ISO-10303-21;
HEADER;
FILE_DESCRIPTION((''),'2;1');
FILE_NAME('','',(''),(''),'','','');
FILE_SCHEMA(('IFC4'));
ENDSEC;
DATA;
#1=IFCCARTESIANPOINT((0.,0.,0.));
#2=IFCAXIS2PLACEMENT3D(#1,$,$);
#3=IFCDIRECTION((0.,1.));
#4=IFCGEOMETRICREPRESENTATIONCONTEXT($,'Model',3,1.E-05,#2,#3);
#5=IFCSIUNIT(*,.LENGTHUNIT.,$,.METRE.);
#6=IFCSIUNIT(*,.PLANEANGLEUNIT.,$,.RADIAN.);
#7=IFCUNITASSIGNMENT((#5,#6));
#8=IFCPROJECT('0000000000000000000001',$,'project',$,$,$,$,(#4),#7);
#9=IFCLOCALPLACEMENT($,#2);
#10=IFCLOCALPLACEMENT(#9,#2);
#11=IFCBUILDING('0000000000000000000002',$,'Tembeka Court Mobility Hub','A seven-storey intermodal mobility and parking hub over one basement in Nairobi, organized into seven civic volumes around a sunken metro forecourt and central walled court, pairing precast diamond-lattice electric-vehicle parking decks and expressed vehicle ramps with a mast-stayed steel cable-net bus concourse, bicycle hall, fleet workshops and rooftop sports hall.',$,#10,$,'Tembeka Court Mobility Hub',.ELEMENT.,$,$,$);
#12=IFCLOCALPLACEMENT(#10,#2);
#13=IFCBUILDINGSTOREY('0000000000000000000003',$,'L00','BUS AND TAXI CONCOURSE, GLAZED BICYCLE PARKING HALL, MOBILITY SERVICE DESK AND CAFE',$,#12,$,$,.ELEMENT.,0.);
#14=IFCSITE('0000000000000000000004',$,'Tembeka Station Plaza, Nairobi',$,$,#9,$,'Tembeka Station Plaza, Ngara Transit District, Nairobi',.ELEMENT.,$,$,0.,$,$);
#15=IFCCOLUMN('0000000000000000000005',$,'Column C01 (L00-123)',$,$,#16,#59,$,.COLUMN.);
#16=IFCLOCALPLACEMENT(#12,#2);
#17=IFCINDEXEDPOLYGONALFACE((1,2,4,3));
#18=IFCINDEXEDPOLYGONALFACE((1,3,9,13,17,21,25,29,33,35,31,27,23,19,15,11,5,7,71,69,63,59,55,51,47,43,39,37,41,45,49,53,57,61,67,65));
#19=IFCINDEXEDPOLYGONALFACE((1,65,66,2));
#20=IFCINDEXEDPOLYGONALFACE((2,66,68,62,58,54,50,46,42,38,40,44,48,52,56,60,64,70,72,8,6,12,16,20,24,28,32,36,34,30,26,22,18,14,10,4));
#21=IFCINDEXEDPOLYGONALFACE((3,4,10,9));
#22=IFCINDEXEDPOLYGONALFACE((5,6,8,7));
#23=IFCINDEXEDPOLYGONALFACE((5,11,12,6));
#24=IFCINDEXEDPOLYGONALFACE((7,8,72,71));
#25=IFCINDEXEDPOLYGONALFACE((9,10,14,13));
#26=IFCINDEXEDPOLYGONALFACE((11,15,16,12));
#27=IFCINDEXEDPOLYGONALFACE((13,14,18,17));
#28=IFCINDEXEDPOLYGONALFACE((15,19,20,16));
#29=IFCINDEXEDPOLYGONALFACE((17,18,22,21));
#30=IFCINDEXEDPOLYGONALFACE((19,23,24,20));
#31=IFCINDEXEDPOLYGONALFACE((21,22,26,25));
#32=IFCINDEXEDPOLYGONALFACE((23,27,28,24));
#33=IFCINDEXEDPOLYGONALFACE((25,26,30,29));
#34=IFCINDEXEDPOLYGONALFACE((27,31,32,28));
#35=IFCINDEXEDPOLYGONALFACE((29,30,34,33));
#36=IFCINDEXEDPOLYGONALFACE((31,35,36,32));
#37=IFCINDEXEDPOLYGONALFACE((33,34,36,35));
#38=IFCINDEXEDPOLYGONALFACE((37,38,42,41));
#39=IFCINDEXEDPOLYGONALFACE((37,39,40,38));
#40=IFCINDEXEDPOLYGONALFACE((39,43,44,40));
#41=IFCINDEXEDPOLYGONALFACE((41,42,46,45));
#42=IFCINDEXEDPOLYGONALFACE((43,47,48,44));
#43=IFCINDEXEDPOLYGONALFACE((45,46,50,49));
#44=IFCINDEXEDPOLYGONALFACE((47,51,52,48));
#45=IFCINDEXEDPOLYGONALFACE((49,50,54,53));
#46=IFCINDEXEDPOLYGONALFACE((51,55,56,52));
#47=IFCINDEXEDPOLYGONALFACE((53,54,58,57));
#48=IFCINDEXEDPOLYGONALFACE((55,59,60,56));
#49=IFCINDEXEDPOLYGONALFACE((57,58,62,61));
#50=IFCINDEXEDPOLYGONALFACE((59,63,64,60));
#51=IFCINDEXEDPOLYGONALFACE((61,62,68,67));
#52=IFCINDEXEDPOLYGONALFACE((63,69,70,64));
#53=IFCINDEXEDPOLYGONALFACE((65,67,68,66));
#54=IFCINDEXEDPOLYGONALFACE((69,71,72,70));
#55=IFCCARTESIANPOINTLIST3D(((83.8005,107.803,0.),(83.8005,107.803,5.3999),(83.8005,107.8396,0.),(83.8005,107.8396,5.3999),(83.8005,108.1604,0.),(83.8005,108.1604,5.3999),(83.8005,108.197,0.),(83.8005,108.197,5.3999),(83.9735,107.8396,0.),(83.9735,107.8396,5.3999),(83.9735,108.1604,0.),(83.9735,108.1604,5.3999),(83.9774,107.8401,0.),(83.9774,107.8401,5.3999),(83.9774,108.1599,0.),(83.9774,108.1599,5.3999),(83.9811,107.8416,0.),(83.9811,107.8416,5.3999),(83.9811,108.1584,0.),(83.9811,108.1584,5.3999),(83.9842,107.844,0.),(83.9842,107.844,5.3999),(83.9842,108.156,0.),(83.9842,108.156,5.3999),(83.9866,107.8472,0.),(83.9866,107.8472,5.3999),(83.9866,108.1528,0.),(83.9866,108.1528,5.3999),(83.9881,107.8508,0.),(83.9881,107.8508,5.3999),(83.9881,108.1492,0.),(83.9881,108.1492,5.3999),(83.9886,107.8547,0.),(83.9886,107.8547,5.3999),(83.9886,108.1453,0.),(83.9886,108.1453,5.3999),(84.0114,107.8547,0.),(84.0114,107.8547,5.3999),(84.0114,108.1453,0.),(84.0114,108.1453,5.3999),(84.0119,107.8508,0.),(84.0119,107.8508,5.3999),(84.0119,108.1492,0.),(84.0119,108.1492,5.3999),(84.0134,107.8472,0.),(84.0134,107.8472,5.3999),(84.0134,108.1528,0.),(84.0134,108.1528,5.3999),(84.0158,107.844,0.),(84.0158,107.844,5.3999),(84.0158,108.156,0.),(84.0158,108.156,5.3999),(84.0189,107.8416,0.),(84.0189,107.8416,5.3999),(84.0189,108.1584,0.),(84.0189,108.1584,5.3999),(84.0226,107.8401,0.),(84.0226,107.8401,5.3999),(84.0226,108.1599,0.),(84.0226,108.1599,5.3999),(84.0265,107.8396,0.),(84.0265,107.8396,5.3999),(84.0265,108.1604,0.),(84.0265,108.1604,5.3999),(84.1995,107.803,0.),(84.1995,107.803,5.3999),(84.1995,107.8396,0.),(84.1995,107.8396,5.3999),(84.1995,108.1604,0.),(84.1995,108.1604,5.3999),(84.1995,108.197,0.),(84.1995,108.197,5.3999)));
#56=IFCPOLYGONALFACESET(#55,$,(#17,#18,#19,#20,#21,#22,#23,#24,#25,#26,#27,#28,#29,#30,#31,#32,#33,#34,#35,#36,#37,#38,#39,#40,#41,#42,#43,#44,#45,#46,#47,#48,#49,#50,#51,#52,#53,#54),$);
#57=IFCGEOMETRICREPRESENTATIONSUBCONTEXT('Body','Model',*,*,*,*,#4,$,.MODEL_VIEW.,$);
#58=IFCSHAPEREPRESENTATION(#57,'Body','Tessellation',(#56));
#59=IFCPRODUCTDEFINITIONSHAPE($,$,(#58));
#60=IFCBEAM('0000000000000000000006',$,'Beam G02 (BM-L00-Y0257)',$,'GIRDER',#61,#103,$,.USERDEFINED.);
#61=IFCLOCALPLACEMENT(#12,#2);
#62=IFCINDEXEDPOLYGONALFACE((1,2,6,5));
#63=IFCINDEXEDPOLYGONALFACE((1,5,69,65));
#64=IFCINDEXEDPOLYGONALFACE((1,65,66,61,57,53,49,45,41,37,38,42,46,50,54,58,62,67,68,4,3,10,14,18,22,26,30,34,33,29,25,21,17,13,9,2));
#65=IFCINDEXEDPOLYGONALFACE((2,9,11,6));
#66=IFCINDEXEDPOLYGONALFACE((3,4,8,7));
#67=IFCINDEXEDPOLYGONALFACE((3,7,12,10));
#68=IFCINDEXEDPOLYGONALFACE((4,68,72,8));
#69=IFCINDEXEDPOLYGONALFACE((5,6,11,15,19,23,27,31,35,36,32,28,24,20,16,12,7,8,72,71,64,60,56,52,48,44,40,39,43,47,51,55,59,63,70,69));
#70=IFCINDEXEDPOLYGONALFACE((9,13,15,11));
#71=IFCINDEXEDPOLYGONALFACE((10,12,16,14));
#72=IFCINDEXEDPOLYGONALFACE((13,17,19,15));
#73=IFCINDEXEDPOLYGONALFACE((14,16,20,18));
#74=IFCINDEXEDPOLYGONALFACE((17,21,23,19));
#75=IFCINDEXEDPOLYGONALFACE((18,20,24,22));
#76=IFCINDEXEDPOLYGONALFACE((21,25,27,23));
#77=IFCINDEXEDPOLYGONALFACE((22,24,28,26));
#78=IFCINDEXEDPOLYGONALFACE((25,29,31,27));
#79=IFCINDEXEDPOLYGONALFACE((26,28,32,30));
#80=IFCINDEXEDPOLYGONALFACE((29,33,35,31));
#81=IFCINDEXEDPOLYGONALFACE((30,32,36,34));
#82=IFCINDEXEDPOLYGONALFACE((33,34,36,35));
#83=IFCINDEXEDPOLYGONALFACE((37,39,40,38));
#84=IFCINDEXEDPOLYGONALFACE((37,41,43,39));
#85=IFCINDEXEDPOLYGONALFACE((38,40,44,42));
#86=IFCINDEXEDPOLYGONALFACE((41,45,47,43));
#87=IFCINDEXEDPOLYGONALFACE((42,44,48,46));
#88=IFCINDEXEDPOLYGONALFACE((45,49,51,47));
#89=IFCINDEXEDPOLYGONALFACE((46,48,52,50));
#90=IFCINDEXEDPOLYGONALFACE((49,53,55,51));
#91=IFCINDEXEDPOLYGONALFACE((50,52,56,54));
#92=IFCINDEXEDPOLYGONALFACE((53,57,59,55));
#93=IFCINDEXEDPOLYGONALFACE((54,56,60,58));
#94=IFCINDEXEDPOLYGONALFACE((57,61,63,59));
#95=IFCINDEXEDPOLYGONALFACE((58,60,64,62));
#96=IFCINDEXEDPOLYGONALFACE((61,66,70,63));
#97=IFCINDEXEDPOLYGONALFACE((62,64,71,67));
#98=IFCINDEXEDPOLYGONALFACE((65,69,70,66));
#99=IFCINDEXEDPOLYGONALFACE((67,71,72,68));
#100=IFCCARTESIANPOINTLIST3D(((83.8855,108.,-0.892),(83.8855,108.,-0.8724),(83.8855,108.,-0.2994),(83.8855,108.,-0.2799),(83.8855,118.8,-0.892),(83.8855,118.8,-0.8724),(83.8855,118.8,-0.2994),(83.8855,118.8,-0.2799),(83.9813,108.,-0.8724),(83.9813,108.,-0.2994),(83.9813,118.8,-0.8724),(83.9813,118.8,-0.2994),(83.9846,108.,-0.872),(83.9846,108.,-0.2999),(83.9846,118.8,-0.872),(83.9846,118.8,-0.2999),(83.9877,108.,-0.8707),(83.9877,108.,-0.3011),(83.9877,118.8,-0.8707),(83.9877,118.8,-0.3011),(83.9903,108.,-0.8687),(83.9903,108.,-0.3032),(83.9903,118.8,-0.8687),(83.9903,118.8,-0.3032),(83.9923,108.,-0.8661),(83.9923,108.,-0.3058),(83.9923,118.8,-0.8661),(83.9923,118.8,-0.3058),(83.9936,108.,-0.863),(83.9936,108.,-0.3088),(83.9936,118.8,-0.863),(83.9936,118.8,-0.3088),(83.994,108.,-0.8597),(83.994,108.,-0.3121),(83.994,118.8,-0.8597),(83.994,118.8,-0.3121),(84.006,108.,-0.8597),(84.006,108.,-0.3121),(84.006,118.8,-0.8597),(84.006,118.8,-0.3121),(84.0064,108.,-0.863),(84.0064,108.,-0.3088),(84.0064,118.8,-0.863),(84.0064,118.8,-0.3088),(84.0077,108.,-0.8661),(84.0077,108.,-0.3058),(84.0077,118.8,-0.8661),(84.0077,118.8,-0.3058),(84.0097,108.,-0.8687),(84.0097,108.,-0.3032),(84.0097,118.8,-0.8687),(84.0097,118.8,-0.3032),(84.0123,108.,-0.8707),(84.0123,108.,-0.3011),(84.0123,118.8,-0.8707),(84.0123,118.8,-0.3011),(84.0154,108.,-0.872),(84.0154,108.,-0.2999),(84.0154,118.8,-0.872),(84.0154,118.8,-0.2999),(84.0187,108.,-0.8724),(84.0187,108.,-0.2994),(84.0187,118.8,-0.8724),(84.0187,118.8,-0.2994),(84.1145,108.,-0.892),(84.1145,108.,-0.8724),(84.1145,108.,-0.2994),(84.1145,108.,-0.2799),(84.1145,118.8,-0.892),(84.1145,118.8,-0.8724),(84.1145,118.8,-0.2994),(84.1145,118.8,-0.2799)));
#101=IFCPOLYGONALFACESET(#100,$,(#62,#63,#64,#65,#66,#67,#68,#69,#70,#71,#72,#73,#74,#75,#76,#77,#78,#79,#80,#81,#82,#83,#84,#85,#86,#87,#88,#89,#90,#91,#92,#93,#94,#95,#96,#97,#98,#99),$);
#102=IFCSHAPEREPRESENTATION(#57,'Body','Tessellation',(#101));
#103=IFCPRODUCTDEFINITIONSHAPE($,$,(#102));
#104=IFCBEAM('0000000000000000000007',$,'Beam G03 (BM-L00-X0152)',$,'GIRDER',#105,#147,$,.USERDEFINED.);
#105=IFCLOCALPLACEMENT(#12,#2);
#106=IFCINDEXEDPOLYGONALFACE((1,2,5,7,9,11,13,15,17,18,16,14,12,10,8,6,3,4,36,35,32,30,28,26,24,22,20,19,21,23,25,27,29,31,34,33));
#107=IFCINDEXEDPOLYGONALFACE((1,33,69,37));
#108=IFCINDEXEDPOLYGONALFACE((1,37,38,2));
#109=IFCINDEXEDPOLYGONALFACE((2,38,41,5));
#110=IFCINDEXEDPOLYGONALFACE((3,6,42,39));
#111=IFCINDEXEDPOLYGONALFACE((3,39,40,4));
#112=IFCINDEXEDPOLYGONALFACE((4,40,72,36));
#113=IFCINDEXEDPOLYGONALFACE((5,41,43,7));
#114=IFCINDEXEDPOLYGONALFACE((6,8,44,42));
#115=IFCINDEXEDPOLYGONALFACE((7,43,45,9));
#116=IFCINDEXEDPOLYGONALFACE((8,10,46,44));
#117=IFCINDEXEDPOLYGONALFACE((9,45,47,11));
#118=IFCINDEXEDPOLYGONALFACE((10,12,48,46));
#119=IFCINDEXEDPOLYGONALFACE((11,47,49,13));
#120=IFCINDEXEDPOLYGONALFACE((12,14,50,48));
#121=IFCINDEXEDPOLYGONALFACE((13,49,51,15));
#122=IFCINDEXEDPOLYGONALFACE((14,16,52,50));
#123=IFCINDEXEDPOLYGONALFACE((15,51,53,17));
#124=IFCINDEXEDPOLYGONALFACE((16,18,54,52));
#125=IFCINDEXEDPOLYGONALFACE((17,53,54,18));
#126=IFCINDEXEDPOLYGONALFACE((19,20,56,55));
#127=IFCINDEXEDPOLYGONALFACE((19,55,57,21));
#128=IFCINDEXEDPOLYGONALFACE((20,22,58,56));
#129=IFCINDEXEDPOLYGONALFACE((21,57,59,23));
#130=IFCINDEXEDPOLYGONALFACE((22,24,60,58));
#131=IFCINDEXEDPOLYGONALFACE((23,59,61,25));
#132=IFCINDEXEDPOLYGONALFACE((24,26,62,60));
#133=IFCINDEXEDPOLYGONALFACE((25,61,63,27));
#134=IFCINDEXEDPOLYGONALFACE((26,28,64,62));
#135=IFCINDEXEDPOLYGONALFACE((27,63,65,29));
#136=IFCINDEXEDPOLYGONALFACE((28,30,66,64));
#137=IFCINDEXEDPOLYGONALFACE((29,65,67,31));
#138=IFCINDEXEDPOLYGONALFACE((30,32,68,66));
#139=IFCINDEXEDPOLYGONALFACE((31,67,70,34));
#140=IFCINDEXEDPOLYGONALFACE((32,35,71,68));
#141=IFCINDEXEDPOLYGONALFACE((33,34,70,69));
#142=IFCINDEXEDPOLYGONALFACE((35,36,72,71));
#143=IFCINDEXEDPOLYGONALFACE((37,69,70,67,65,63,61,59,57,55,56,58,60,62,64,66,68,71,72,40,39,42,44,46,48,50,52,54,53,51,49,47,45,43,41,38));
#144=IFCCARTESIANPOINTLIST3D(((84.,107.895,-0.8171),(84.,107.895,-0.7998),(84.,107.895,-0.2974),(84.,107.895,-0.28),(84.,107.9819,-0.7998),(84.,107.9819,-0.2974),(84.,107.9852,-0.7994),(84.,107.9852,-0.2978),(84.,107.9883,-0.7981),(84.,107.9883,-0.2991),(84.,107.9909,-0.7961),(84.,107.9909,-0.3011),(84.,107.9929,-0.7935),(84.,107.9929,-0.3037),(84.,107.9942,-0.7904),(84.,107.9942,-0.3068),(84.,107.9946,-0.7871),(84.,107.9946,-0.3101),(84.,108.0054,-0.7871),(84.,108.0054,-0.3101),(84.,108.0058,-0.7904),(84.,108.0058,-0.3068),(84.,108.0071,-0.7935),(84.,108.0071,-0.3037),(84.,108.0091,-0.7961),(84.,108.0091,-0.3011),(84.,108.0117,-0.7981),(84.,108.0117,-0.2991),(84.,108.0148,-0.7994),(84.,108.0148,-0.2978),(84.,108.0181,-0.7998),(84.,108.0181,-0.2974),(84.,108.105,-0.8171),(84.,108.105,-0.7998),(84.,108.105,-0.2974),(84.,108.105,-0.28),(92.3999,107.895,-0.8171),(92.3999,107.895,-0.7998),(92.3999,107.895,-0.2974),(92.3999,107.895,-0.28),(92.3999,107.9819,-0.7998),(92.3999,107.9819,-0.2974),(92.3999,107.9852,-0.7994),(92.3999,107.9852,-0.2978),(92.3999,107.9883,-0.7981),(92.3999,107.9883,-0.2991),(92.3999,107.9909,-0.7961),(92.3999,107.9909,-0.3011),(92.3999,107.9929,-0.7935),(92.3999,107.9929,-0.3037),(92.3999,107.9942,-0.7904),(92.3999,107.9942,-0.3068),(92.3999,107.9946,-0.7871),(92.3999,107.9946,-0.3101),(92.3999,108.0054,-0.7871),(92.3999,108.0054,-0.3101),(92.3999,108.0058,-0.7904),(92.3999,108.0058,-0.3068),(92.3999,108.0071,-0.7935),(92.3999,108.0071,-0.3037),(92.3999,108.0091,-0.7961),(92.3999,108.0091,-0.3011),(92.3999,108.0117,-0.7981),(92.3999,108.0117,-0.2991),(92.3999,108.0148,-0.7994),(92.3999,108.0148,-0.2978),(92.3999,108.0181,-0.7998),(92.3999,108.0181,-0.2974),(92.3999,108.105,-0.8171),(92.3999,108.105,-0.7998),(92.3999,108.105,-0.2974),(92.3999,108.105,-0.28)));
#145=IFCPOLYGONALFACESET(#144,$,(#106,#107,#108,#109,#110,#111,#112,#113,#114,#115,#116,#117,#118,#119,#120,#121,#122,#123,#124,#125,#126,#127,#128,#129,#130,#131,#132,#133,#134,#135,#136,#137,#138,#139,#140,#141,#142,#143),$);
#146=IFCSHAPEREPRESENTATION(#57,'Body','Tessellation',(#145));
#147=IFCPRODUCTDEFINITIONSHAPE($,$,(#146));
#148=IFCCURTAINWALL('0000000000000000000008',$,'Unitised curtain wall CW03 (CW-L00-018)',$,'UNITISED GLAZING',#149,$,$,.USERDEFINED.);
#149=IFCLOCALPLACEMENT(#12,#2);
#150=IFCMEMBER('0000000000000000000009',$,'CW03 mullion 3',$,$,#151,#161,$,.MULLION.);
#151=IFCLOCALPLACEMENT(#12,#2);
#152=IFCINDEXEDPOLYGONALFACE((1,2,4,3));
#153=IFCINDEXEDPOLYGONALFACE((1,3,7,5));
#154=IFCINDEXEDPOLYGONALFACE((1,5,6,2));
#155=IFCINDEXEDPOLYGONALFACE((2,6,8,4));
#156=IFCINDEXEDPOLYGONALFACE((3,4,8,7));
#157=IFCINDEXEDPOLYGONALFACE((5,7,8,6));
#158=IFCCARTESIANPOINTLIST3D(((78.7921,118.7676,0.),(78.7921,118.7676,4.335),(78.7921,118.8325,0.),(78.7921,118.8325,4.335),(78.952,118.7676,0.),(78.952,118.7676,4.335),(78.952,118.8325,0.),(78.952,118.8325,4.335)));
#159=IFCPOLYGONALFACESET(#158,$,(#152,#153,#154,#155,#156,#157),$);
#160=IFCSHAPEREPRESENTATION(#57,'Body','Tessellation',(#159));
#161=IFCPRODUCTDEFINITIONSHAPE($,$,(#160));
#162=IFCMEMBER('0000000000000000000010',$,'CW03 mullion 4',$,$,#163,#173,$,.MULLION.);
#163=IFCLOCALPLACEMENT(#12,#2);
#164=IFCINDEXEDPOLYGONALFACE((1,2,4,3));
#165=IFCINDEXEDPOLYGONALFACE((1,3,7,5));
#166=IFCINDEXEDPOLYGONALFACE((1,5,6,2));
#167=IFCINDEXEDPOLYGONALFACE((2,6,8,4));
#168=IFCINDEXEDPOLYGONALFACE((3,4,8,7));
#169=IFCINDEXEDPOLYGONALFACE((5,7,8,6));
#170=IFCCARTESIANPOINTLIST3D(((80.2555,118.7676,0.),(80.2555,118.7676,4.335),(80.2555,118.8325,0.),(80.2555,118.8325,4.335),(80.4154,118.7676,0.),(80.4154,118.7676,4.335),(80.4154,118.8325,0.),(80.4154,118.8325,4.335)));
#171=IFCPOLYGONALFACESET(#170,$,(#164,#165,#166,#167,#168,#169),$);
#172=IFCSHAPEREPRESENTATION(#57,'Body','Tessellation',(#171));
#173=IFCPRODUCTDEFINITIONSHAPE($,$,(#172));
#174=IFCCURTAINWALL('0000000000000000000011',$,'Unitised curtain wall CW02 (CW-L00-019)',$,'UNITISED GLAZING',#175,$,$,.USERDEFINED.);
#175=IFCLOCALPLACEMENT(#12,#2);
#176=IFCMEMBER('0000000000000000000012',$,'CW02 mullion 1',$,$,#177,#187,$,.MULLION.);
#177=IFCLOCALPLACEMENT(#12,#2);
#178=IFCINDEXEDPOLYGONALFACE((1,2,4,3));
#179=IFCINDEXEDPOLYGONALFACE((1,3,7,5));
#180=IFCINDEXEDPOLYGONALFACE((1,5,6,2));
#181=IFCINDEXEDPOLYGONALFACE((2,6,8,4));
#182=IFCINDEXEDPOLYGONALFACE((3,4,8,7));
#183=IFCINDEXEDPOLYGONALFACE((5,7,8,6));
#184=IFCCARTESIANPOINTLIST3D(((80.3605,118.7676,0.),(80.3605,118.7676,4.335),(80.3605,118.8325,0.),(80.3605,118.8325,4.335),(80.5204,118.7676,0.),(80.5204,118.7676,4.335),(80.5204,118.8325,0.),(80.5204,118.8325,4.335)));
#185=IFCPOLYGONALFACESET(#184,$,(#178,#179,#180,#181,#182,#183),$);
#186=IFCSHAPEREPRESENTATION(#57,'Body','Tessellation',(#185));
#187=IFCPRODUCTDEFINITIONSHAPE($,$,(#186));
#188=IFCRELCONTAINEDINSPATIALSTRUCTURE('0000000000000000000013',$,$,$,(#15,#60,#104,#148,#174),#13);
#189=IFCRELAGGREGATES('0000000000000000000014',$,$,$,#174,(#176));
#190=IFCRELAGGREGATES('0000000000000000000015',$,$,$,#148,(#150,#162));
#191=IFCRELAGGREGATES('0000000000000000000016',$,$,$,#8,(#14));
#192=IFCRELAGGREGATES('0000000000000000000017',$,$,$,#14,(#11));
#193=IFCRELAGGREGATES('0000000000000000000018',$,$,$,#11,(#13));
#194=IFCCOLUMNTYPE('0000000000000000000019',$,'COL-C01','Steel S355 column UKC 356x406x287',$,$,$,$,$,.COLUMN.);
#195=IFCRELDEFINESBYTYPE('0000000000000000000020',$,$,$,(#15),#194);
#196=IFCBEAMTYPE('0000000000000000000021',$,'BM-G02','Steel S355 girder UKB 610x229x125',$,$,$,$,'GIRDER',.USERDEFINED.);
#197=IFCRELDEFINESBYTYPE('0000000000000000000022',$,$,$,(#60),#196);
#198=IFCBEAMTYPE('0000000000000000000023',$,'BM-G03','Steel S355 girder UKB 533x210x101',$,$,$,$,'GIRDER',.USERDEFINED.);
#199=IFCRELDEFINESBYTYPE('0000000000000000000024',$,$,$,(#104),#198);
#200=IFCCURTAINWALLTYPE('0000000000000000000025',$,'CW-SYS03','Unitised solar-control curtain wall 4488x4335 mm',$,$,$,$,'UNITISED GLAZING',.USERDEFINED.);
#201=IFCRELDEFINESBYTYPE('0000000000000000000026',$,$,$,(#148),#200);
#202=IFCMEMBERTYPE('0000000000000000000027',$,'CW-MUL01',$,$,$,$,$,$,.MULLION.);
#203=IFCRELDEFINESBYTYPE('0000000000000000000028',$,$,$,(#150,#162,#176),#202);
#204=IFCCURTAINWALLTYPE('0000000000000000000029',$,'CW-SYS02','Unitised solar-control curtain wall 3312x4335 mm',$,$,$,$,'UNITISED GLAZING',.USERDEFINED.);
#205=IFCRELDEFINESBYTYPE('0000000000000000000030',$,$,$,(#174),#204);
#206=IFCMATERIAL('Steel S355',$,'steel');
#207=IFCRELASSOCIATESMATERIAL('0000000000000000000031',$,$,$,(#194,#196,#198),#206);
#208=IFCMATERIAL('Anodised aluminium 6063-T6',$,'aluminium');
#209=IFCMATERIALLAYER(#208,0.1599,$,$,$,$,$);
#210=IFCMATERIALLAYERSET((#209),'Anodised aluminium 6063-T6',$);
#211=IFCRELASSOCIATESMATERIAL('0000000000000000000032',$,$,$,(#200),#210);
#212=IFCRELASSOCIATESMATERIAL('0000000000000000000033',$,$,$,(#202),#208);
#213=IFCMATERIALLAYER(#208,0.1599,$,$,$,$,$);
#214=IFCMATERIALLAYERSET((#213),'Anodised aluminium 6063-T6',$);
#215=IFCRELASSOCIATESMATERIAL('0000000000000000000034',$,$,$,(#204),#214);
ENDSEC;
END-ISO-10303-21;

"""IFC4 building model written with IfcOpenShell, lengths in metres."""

from ifc_helpers import new_model, si_unit, direction, frame, origin, origin_2d, place, context, subcontext, project, spatial, rectangle, i_section, extrude, material, layer, layer_set, material_profile, profile_set, type_object, element, aggregate, save


model = new_model("IFC4")

# Units and contexts
model_context = context("Model", 3, precision=1e-05, world=origin(), true_north=direction((0.0, 1.0)))
body_context = subcontext(model_context, "Body", "Model", "MODEL_VIEW")
ifc_project = project(units=[si_unit("LENGTHUNIT", "METRE"), si_unit("PLANEANGLEUNIT", "RADIAN")], contexts=[model_context])

# Site, building, storey
site_placement = place(None, origin())
site = spatial("IfcSite", under=ifc_project, at=site_placement, Name="Tembeka Station Plaza, Nairobi", LongName="Tembeka Station Plaza, Ngara Transit District, Nairobi", CompositionType="ELEMENT", RefElevation=0.0)
building_placement = place(site_placement, origin())
building = spatial("IfcBuilding", under=site, at=building_placement, Name="Tembeka Court Mobility Hub", Description="A seven-storey intermodal mobility and parking hub over one basement in Nairobi, organized into seven civic volumes around a sunken metro forecourt and central walled court, pairing precast diamond-lattice electric-vehicle parking decks and expressed vehicle ramps with a mast-stayed steel cable-net bus concourse, bicycle hall, fleet workshops and rooftop sports hall.", LongName="Tembeka Court Mobility Hub", CompositionType="ELEMENT")
storey_placement = place(building_placement, origin())
storey = spatial("IfcBuildingStorey", under=building, at=storey_placement, Name="L00", Description="BUS AND TAXI CONCOURSE, GLAZED BICYCLE PARKING HALL, MOBILITY SERVICE DESK AND CAFE", CompositionType="ELEMENT", Elevation=0.0)

# Column
ifc_material_1 = material(Name="Steel S355", Category="steel")
ifc_material_profile_1 = material_profile(ifc_material_1, i_section(OverallWidth=0.3989, OverallDepth=0.394, WebThickness=0.0227, FlangeThickness=0.0366, FilletRadius=0.0151, at=origin_2d()), Name="UKC 356x406x287")
ifc_profile_set_1 = profile_set([ifc_material_profile_1], Name="Steel S355")
column_type = type_object("IfcColumnType", Name="COL-C01", Description="Steel S355 column UKC 356x406x287", PredefinedType="COLUMN", material=ifc_profile_set_1)
column_placement = place(storey_placement, frame((84.0, 108.0, 0.0), z_axis=(0.0, 0.0, 1.0), x_axis=(1.0, 0.0, 0.0)))
element("IfcColumn", 1, at=column_placement, inside=storey, type_object=column_type, Name="Column C01 (L00-123)", PredefinedType="COLUMN", context=body_context, shape_type="SweptSolid", body=[
    extrude(i_section(OverallWidth=0.3989, OverallDepth=0.394, WebThickness=0.0227, FlangeThickness=0.0366, FilletRadius=0.0151, at=origin_2d()), origin(), (0.0, 0.0, 1.0), 5.3999),
])

# Beams
ifc_material_profile_2 = material_profile(ifc_material_1, i_section(OverallWidth=0.229, OverallDepth=0.6121, WebThickness=0.012, FlangeThickness=0.0195, FilletRadius=0.0127, at=origin_2d()), Name="UKB 610x229x125")
ifc_profile_set_2 = profile_set([ifc_material_profile_2], Name="Steel S355")
beam_type_1 = type_object("IfcBeamType", Name="BM-G02", Description="Steel S355 girder UKB 610x229x125", ElementType="GIRDER", PredefinedType="USERDEFINED", material=ifc_profile_set_2)
beam_1_placement = place(storey_placement, frame((84.0, 108.0, -0.5859), z_axis=(0.0, 1.0, 0.0), x_axis=(-1.0, 0.0, 0.0)))
element("IfcBeam", 2, at=beam_1_placement, inside=storey, type_object=beam_type_1, Name="Beam G02 (BM-L00-Y0257)", ObjectType="GIRDER", PredefinedType="USERDEFINED", context=body_context, shape_type="SweptSolid", body=[
    extrude(i_section(OverallWidth=0.229, OverallDepth=0.6121, WebThickness=0.012, FlangeThickness=0.0195, FilletRadius=0.0127, at=origin_2d()), origin(), (0.0, 0.0, 1.0), 10.8),
])
ifc_material_profile_3 = material_profile(ifc_material_1, i_section(OverallWidth=0.21, OverallDepth=0.5371, WebThickness=0.0107, FlangeThickness=0.0173, FilletRadius=0.0127, at=origin_2d()), Name="UKB 533x210x101")
ifc_profile_set_3 = profile_set([ifc_material_profile_3], Name="Steel S355")
beam_type_2 = type_object("IfcBeamType", Name="BM-G03", Description="Steel S355 girder UKB 533x210x101", ElementType="GIRDER", PredefinedType="USERDEFINED", material=ifc_profile_set_3)
beam_2_placement = place(storey_placement, frame((84.0, 108.0, -0.5486), z_axis=(1.0, 0.0, 0.0), x_axis=(0.0, 1.0, 0.0)))
element("IfcBeam", 3, at=beam_2_placement, inside=storey, type_object=beam_type_2, Name="Beam G03 (BM-L00-X0152)", ObjectType="GIRDER", PredefinedType="USERDEFINED", context=body_context, shape_type="SweptSolid", body=[
    extrude(i_section(OverallWidth=0.21, OverallDepth=0.5371, WebThickness=0.0107, FlangeThickness=0.0173, FilletRadius=0.0127, at=origin_2d()), origin(), (0.0, 0.0, 1.0), 8.3999),
])

# Curtain wall, members
ifc_material_2 = material(Name="Anodised aluminium 6063-T6", Category="aluminium")
ifc_layer_1 = layer(ifc_material_2, 0.1599)
ifc_layer_set_1 = layer_set([ifc_layer_1], Name="Anodised aluminium 6063-T6")
curtain_wall_type_1 = type_object("IfcCurtainWallType", Name="CW-SYS03", Description="Unitised solar-control curtain wall 4488x4335 mm", ElementType="UNITISED GLAZING", PredefinedType="USERDEFINED", material=ifc_layer_set_1)
curtain_wall_1_placement = place(storey_placement, origin())
curtain_wall_1 = element("IfcCurtainWall", 4, at=curtain_wall_1_placement, inside=storey, type_object=curtain_wall_type_1, Name="Unitised curtain wall CW03 (CW-L00-018)", ObjectType="UNITISED GLAZING", PredefinedType="USERDEFINED")
ifc_material_profile_4 = material_profile(ifc_material_2, rectangle(XDim=0.0649, YDim=0.1599, at=origin_2d()), Name="ALU-MUL 65x160")
ifc_profile_set_4 = profile_set([ifc_material_profile_4], Name="Anodised aluminium 6063-T6")
member_type_1 = type_object("IfcMemberType", Name="CW-MUL01", PredefinedType="MULLION", material=ifc_profile_set_4)
member_1_placement = place(storey_placement, frame((78.8721, 118.8, 0.0), z_axis=(0.0, 0.0, 1.0), x_axis=(0.0, 1.0, 0.0)))
member_1 = element("IfcMember", 5, at=member_1_placement, type_object=member_type_1, Name="CW03 mullion 3", PredefinedType="MULLION", context=body_context, shape_type="SweptSolid", body=[
    extrude(rectangle(XDim=0.0649, YDim=0.1599, at=origin_2d()), origin(), (0.0, 0.0, 1.0), 4.335),
])
member_2_placement = place(storey_placement, frame((80.3354, 118.8, 0.0), z_axis=(0.0, 0.0, 1.0), x_axis=(0.0, 1.0, 0.0)))
member_2 = element("IfcMember", 6, at=member_2_placement, type_object=member_type_1, Name="CW03 mullion 4", PredefinedType="MULLION", context=body_context, shape_type="SweptSolid", body=[
    extrude(rectangle(XDim=0.0649, YDim=0.1599, at=origin_2d()), origin(), (0.0, 0.0, 1.0), 4.335),
])

# Curtain wall, member
ifc_layer_2 = layer(ifc_material_2, 0.1599)
ifc_layer_set_2 = layer_set([ifc_layer_2], Name="Anodised aluminium 6063-T6")
curtain_wall_type_2 = type_object("IfcCurtainWallType", Name="CW-SYS02", Description="Unitised solar-control curtain wall 3312x4335 mm", ElementType="UNITISED GLAZING", PredefinedType="USERDEFINED", material=ifc_layer_set_2)
curtain_wall_2_placement = place(storey_placement, origin())
curtain_wall_2 = element("IfcCurtainWall", 7, at=curtain_wall_2_placement, inside=storey, type_object=curtain_wall_type_2, Name="Unitised curtain wall CW02 (CW-L00-019)", ObjectType="UNITISED GLAZING", PredefinedType="USERDEFINED")
member_3_placement = place(storey_placement, frame((80.4404, 118.8, 0.0), z_axis=(0.0, 0.0, 1.0), x_axis=(0.0, 1.0, 0.0)))
member_3 = element("IfcMember", 8, at=member_3_placement, type_object=member_type_1, Name="CW02 mullion 1", PredefinedType="MULLION", context=body_context, shape_type="SweptSolid", body=[
    extrude(rectangle(XDim=0.0649, YDim=0.1599, at=origin_2d()), origin(), (0.0, 0.0, 1.0), 4.335),
])
aggregate(curtain_wall_2, [member_3])

aggregate(curtain_wall_1, [member_1, member_2])

save(model, "model.ifc")
